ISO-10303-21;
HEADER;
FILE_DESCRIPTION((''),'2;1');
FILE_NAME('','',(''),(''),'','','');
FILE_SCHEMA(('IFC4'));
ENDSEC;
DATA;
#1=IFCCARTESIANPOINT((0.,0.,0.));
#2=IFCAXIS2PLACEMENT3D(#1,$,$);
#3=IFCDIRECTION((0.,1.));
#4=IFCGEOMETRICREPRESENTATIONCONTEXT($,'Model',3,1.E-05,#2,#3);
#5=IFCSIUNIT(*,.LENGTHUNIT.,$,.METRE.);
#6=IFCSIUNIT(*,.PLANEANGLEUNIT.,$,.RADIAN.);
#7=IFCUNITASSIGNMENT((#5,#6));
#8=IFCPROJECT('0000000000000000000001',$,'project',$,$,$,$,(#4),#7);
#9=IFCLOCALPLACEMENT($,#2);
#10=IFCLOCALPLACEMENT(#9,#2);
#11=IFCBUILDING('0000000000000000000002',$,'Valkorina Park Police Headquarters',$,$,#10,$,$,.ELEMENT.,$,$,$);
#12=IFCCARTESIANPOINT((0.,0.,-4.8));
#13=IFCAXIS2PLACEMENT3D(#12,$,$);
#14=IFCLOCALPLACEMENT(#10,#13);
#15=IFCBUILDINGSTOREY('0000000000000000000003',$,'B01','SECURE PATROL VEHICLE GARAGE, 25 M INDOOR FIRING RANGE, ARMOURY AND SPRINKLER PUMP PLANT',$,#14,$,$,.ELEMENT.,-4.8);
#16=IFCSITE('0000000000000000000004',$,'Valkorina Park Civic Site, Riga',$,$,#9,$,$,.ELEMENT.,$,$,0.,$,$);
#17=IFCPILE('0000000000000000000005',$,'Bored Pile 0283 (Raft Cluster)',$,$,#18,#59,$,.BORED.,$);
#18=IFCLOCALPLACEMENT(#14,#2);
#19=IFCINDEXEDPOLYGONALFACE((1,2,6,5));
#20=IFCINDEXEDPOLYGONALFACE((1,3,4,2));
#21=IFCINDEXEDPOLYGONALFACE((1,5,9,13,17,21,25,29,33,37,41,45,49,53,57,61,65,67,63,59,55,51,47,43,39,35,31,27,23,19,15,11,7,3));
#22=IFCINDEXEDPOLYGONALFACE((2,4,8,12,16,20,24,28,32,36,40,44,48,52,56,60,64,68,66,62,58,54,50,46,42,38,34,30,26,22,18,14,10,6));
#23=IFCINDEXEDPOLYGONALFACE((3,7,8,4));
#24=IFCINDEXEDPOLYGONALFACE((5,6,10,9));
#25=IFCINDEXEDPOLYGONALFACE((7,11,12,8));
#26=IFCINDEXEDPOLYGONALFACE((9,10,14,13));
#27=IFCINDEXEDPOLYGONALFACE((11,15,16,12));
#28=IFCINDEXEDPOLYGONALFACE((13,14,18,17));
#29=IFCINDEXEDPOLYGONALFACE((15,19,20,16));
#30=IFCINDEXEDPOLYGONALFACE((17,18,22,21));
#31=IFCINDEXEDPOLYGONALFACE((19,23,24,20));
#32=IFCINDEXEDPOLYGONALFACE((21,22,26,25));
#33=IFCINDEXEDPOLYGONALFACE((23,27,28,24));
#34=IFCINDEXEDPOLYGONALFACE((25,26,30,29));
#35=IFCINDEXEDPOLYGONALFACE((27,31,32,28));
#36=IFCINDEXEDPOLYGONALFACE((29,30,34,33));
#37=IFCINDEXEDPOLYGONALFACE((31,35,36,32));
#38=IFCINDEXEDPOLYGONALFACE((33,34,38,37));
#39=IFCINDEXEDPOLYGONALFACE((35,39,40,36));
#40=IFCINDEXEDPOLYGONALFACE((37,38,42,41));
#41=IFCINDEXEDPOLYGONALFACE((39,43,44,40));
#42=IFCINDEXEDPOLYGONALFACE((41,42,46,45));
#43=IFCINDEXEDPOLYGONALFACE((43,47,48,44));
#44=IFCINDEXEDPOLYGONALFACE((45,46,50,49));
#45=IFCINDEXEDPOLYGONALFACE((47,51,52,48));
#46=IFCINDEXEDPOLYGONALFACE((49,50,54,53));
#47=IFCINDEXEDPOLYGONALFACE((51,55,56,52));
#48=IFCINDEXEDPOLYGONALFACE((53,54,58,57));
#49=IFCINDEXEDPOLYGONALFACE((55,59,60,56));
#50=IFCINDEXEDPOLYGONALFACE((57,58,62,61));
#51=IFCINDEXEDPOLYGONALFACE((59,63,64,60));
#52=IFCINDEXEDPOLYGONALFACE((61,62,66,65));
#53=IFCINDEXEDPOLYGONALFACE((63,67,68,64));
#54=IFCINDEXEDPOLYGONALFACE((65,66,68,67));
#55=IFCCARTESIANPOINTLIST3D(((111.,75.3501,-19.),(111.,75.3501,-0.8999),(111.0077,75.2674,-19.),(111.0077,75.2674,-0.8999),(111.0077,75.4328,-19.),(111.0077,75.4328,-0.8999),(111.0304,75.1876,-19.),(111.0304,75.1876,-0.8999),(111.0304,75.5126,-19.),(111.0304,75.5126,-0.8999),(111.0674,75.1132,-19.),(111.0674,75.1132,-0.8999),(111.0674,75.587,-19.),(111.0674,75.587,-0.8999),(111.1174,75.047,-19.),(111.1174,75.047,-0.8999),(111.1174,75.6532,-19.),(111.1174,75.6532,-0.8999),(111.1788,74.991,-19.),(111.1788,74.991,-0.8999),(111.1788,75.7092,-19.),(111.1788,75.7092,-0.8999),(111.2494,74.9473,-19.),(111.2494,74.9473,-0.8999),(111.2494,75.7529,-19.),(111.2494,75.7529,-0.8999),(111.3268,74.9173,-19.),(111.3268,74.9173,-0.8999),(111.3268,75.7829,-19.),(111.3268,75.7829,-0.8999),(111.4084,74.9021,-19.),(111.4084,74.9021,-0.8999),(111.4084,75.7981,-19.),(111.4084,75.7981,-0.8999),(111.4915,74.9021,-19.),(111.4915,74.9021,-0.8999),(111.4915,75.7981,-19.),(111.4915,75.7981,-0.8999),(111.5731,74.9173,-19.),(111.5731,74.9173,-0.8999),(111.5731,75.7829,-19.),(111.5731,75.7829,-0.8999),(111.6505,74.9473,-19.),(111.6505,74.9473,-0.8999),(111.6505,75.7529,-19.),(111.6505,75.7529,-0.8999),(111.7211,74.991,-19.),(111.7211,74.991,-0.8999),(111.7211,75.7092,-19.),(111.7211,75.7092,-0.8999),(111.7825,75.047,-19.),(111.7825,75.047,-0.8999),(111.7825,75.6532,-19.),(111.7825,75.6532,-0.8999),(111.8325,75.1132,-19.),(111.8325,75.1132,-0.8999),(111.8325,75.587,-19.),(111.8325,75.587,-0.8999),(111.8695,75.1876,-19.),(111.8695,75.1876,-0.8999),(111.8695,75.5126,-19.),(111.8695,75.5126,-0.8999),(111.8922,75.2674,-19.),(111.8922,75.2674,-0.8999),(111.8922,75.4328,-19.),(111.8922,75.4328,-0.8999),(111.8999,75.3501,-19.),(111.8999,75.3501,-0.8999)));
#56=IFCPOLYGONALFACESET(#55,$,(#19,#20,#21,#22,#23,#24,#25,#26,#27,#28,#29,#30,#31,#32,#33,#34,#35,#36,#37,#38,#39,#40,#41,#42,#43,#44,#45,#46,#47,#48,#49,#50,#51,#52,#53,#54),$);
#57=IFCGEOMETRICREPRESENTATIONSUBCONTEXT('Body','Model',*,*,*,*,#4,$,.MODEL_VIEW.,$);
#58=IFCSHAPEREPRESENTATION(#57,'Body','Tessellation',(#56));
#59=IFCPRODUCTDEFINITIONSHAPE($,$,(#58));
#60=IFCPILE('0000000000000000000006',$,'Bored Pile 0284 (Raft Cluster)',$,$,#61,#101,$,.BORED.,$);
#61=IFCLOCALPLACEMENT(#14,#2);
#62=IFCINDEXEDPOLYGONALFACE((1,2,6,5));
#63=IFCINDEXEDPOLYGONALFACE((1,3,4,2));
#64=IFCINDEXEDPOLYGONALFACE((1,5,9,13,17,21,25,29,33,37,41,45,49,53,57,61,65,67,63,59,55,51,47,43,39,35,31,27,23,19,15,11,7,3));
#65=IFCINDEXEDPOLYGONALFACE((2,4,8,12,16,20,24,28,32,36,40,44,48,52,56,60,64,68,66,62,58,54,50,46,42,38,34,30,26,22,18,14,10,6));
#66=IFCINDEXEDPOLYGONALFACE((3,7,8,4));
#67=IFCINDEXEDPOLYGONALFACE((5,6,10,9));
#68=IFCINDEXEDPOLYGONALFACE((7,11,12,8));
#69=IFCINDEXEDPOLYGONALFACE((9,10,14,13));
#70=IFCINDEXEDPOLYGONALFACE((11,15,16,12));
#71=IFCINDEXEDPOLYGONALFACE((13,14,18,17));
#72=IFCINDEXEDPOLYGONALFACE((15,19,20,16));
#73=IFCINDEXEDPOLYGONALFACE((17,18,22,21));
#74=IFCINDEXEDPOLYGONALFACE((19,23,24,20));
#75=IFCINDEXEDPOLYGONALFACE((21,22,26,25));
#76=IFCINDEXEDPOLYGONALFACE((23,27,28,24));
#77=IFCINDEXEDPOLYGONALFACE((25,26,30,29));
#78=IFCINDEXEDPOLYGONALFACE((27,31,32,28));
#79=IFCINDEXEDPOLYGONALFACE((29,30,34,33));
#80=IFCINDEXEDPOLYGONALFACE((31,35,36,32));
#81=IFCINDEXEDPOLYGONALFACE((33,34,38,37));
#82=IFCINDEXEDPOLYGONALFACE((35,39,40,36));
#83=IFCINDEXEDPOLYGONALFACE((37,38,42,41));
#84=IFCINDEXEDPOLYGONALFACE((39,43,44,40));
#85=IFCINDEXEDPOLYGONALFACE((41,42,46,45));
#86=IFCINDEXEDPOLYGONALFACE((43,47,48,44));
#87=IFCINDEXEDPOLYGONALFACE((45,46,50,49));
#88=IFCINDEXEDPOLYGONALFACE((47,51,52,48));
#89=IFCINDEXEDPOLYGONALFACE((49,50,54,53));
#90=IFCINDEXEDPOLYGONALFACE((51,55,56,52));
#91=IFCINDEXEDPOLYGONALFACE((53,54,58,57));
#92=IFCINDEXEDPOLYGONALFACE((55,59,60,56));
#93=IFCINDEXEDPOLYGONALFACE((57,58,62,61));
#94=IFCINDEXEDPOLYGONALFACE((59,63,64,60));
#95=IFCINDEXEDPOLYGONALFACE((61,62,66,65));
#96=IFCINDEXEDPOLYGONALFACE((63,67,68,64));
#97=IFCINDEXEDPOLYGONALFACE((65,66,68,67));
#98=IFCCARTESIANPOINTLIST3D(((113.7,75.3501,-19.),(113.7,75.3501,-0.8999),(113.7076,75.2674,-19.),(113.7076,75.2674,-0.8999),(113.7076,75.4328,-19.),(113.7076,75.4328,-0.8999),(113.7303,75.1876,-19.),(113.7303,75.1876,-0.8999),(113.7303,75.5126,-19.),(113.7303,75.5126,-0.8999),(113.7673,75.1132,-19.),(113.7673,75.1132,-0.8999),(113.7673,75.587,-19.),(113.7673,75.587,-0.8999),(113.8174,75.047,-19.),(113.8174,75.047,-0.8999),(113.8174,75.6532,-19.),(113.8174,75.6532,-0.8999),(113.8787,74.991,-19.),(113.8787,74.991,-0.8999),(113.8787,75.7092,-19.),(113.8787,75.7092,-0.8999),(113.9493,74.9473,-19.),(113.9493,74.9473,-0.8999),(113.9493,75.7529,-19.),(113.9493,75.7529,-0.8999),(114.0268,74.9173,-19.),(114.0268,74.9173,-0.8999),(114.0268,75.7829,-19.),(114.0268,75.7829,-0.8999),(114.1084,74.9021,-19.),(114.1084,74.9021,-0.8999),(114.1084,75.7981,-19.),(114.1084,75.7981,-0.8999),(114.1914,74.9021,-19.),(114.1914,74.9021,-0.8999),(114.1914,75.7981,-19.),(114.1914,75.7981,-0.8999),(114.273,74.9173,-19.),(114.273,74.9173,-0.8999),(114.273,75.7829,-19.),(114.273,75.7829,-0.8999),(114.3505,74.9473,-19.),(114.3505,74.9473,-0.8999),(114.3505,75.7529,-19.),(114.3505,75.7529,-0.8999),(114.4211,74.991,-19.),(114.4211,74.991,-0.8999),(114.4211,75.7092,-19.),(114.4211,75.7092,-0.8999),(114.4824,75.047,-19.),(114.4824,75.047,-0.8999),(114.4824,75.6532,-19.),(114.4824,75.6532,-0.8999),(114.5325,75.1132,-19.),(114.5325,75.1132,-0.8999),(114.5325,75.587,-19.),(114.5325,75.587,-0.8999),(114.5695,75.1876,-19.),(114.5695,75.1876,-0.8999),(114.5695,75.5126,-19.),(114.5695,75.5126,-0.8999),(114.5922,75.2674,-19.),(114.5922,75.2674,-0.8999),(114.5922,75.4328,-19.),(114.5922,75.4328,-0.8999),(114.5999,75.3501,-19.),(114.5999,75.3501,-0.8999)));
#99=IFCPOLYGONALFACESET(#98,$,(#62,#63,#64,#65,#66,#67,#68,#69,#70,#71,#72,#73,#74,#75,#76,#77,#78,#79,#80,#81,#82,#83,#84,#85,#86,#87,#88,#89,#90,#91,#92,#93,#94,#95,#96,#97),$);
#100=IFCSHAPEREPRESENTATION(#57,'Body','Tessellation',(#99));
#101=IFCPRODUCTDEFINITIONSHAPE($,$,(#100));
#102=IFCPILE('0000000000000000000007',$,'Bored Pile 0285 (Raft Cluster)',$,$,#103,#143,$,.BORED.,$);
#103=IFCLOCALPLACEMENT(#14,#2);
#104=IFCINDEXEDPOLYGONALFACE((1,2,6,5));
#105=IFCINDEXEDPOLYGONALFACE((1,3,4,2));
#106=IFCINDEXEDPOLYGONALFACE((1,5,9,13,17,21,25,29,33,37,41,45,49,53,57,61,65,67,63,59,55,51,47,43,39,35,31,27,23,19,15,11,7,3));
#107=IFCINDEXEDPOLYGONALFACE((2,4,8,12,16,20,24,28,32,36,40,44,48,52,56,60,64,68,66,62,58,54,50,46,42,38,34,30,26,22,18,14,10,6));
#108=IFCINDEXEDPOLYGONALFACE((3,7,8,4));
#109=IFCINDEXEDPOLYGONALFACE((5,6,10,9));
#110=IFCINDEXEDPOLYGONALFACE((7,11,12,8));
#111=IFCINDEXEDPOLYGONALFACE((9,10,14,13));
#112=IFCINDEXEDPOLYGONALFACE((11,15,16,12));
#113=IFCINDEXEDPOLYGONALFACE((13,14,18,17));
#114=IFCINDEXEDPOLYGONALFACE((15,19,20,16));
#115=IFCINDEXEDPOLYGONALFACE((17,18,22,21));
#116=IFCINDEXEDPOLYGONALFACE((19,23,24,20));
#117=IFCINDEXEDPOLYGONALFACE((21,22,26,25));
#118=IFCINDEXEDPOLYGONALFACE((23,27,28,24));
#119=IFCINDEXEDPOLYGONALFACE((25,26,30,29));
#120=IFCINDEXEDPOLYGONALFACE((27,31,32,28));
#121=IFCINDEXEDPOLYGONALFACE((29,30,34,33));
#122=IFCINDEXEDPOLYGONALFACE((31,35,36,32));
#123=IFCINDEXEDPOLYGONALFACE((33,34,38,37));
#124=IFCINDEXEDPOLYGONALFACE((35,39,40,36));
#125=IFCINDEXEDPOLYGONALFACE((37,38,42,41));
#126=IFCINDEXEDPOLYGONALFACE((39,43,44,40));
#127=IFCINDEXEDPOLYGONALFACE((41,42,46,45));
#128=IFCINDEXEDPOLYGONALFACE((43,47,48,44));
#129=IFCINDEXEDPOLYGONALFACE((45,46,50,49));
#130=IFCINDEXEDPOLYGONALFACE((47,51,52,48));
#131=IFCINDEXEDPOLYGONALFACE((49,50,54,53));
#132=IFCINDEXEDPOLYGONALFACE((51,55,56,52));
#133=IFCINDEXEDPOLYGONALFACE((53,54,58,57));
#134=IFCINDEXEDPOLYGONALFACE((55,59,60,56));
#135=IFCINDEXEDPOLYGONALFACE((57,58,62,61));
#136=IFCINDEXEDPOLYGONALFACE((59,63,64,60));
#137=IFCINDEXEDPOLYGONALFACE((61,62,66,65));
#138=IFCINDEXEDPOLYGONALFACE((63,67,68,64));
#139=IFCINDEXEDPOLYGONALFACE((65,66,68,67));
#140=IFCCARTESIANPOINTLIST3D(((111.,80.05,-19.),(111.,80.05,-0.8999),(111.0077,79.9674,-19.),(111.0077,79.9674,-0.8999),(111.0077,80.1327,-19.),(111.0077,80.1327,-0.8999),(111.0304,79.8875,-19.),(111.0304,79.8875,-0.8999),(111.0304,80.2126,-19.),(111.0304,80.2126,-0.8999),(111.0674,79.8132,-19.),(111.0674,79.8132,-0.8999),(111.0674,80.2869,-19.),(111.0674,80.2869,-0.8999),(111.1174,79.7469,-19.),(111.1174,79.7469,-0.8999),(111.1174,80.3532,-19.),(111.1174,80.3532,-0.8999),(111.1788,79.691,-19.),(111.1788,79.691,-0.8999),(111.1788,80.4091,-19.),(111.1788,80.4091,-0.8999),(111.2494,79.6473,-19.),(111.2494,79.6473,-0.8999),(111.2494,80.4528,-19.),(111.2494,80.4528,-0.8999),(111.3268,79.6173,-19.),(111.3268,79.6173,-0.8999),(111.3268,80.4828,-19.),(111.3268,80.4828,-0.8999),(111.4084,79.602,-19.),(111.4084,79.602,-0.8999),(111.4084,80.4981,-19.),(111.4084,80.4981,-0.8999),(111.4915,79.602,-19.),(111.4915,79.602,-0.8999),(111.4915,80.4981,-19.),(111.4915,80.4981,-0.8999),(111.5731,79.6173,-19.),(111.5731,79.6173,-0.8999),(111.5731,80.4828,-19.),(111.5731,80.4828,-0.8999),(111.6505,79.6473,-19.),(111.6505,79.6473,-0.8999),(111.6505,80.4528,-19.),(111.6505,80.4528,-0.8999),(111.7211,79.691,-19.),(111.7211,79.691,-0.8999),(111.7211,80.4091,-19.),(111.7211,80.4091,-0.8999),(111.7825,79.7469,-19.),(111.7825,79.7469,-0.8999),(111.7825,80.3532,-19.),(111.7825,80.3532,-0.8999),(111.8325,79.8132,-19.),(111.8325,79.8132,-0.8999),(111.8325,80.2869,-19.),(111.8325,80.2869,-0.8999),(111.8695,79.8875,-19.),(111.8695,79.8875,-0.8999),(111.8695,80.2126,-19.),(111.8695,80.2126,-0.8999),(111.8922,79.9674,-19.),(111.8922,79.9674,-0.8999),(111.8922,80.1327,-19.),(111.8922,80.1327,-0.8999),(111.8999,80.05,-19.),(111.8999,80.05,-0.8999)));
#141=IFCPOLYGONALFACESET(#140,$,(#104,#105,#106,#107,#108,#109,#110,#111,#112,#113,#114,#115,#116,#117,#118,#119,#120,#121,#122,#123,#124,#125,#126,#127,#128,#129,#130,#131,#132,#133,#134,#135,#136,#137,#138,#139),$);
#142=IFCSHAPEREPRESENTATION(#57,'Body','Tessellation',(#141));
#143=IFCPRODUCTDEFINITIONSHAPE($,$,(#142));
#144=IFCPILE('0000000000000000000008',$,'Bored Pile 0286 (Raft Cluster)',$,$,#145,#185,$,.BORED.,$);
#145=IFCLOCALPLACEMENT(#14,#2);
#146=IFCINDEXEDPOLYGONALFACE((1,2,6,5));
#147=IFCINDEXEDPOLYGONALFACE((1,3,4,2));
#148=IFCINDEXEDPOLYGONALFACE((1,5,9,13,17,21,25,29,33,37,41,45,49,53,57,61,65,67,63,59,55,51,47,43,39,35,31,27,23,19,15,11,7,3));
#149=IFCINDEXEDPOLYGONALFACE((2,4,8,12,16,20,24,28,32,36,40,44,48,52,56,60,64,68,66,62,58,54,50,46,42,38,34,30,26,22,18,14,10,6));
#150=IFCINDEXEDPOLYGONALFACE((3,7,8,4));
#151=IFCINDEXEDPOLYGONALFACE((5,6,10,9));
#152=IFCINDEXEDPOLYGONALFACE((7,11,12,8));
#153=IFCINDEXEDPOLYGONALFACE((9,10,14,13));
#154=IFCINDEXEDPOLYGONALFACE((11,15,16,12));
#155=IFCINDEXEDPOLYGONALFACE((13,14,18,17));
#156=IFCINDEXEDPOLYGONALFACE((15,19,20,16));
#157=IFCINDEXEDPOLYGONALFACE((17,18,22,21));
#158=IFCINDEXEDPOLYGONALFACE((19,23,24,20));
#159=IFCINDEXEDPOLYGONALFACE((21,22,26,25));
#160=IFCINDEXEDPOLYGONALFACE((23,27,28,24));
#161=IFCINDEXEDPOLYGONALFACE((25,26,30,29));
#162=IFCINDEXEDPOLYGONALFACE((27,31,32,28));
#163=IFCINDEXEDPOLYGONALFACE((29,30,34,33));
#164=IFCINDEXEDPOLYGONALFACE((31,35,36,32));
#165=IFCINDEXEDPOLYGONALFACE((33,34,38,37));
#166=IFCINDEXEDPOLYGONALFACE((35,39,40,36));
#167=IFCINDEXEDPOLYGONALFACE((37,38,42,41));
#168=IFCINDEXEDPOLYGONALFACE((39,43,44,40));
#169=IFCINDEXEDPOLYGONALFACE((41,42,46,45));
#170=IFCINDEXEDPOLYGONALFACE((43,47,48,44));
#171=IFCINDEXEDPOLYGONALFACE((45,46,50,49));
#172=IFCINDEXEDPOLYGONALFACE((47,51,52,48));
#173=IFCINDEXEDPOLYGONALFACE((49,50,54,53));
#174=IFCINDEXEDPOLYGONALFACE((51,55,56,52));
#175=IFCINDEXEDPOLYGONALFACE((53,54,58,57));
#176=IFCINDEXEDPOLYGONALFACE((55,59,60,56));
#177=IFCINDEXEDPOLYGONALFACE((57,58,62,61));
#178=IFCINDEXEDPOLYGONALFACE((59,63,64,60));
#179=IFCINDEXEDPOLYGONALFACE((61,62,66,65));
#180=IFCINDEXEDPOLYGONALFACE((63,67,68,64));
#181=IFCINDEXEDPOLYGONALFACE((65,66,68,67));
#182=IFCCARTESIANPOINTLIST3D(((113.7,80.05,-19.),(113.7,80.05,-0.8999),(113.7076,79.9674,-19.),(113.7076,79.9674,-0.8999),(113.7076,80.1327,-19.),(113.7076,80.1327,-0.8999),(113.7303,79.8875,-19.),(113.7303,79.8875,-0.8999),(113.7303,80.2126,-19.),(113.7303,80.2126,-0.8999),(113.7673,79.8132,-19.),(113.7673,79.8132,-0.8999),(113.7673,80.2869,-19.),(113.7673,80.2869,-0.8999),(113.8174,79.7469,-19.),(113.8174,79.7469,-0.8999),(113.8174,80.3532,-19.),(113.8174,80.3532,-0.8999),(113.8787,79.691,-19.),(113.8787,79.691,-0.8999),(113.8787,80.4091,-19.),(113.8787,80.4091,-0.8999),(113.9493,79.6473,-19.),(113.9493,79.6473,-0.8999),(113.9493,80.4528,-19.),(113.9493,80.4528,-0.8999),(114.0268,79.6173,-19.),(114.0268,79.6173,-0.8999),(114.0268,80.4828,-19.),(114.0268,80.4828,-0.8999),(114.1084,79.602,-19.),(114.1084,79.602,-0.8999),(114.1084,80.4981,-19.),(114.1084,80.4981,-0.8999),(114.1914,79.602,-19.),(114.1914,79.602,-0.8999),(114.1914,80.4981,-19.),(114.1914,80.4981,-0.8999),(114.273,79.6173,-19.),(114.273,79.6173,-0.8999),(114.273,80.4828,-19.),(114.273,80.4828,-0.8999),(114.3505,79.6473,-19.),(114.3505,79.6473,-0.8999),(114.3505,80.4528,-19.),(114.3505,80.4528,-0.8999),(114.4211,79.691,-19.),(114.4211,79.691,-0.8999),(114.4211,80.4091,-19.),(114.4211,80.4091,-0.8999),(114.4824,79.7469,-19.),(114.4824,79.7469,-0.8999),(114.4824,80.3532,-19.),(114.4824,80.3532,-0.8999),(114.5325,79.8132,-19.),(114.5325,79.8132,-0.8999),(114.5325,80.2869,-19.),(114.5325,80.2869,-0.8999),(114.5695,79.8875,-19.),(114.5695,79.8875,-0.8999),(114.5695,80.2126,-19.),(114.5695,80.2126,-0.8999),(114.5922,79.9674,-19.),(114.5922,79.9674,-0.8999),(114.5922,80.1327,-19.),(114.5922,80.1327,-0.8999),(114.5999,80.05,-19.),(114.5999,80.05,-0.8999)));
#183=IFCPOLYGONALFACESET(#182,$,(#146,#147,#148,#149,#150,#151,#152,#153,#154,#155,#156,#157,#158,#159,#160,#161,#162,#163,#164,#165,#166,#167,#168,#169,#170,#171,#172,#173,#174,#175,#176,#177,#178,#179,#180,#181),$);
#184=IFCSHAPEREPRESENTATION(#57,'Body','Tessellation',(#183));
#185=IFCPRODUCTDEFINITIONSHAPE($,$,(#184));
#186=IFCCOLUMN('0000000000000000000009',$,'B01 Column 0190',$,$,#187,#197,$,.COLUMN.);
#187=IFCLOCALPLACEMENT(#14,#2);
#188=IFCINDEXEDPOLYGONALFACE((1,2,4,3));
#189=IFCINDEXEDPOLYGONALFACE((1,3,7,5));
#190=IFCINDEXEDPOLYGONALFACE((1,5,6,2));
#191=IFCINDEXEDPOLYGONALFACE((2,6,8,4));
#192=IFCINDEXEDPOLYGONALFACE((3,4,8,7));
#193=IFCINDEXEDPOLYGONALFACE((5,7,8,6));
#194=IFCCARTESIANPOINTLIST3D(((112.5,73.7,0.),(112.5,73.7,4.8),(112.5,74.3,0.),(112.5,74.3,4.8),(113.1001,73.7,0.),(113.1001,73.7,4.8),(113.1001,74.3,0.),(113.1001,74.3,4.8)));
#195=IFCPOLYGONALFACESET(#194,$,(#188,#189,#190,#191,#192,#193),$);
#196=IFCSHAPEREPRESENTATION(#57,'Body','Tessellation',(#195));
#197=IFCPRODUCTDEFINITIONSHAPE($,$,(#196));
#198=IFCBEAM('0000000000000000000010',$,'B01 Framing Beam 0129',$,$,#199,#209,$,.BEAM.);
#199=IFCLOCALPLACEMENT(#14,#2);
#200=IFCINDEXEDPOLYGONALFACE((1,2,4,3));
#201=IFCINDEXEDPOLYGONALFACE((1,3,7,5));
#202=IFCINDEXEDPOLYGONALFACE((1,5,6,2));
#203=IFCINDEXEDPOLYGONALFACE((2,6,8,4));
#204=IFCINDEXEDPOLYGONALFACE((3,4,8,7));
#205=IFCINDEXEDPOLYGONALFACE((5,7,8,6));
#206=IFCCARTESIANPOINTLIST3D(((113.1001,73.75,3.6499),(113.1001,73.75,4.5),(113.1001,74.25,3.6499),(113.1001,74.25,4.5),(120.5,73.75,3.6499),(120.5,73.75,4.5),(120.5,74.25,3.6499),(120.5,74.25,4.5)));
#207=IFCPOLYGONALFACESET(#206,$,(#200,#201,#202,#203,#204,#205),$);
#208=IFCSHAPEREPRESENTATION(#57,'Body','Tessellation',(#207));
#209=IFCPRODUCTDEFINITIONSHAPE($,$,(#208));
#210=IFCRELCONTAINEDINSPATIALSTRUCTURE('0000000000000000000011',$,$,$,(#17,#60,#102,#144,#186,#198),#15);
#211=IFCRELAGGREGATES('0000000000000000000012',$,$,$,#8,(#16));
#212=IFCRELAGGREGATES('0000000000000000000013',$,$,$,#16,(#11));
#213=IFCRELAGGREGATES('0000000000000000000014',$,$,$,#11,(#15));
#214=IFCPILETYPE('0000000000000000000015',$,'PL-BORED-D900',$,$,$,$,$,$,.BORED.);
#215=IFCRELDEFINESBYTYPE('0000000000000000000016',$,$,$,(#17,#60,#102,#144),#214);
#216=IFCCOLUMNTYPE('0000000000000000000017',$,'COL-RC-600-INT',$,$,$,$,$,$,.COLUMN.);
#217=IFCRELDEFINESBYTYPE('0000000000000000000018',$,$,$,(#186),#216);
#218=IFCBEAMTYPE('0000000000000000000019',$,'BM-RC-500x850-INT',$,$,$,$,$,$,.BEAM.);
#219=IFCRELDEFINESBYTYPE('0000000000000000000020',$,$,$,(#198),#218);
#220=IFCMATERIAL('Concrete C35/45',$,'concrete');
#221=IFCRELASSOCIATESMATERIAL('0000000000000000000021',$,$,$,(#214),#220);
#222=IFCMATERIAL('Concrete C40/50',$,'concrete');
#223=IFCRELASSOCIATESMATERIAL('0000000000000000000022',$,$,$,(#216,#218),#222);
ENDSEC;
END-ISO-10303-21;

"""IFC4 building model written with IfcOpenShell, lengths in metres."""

from ifc_helpers import new_model, si_unit, direction, frame, origin, origin_2d, place, context, subcontext, project, spatial, rectangle, circle, extrude, material, material_profile, profile_set, type_object, element, save


model = new_model("IFC4")

# Units and contexts
model_context = context("Model", 3, precision=1e-05, world=origin(), true_north=direction((0.0, 1.0)))
body_context = subcontext(model_context, "Body", "Model", "MODEL_VIEW")
ifc_project = project(units=[si_unit("LENGTHUNIT", "METRE"), si_unit("PLANEANGLEUNIT", "RADIAN")], contexts=[model_context])

# Site, building, storey
site_placement = place(None, origin())
site = spatial("IfcSite", under=ifc_project, at=site_placement, Name="Valkorina Park Civic Site, Riga", CompositionType="ELEMENT", RefElevation=0.0)
building_placement = place(site_placement, origin())
building = spatial("IfcBuilding", under=site, at=building_placement, Name="Valkorina Park Police Headquarters", CompositionType="ELEMENT")
storey_placement = place(building_placement, frame((0.0, 0.0, -4.8)))
storey = spatial("IfcBuildingStorey", under=building, at=storey_placement, Name="B01", Description="SECURE PATROL VEHICLE GARAGE, 25 M INDOOR FIRING RANGE, ARMOURY AND SPRINKLER PUMP PLANT", CompositionType="ELEMENT", Elevation=-4.8)

# Piles
ifc_material_1 = material(Name="Concrete C35/45", Category="concrete")
ifc_material_profile_1 = material_profile(ifc_material_1, circle(Radius=0.45, at=origin_2d()), Name="BORED PILE D900")
ifc_profile_set_1 = profile_set([ifc_material_profile_1], Name="Concrete C35/45")
pile_type = type_object("IfcPileType", Name="PL-BORED-D900", PredefinedType="BORED", material=ifc_profile_set_1)
for number, where, z_axis, x_axis, name in (
    (1, (111.45, 75.3501, -0.8999), (0.0, 0.0, -1.0), (1.0, 0.0, 0.0), "Bored Pile 0283 (Raft Cluster)"),
    (2, (114.1499, 75.3501, -0.8999), (0.0, 0.0, -1.0), (1.0, 0.0, 0.0), "Bored Pile 0284 (Raft Cluster)"),
    (3, (111.45, 80.05, -0.8999), (0.0, 0.0, -1.0), (1.0, 0.0, 0.0), "Bored Pile 0285 (Raft Cluster)"),
    (4, (114.1499, 80.05, -0.8999), (0.0, 0.0, -1.0), (1.0, 0.0, 0.0), "Bored Pile 0286 (Raft Cluster)"),
):
    element("IfcPile", number, at=place(storey_placement, frame(where, z_axis=z_axis, x_axis=x_axis)), inside=storey, type_object=pile_type, Name=name, PredefinedType="BORED", context=body_context, shape_type="SweptSolid", body=[
        extrude(circle(Radius=0.45, at=origin_2d()), origin(), (0.0, 0.0, 1.0), 18.1001),
    ])

# Column
ifc_material_2 = material(Name="Concrete C40/50", Category="concrete")
ifc_material_profile_2 = material_profile(ifc_material_2, rectangle(XDim=0.6001, YDim=0.6001, at=origin_2d()), Name="RC COL 600x600")
ifc_profile_set_2 = profile_set([ifc_material_profile_2], Name="Concrete C40/50")
column_type = type_object("IfcColumnType", Name="COL-RC-600-INT", PredefinedType="COLUMN", material=ifc_profile_set_2)
column_placement = place(storey_placement, frame((112.8, 74.0, 0.0), z_axis=(0.0, 0.0, 1.0), x_axis=(1.0, 0.0, 0.0)))
element("IfcColumn", 5, at=column_placement, inside=storey, type_object=column_type, Name="B01 Column 0190", PredefinedType="COLUMN", context=body_context, shape_type="SweptSolid", body=[
    extrude(rectangle(XDim=0.6001, YDim=0.6001, at=origin_2d()), origin(), (0.0, 0.0, 1.0), 4.8),
])

# Beam
ifc_material_profile_3 = material_profile(ifc_material_2, rectangle(XDim=0.5, YDim=0.8501, at=origin_2d()), Name="RC BEAM 500x850")
ifc_profile_set_3 = profile_set([ifc_material_profile_3], Name="Concrete C40/50")
beam_type_1 = type_object("IfcBeamType", Name="BM-RC-500x850-INT", PredefinedType="BEAM", material=ifc_profile_set_3)
beam_placement = place(storey_placement, frame((113.1001, 74.0, 4.075), z_axis=(1.0, 0.0, 0.0), x_axis=(0.0, 1.0, 0.0)))
element("IfcBeam", 6, at=beam_placement, inside=storey, type_object=beam_type_1, Name="B01 Framing Beam 0129", PredefinedType="BEAM", context=body_context, shape_type="SweptSolid", body=[
    extrude(rectangle(XDim=0.5, YDim=0.8501, at=origin_2d()), origin(), (0.0, 0.0, 1.0), 7.3999),
])

save(model, "model.ifc")
